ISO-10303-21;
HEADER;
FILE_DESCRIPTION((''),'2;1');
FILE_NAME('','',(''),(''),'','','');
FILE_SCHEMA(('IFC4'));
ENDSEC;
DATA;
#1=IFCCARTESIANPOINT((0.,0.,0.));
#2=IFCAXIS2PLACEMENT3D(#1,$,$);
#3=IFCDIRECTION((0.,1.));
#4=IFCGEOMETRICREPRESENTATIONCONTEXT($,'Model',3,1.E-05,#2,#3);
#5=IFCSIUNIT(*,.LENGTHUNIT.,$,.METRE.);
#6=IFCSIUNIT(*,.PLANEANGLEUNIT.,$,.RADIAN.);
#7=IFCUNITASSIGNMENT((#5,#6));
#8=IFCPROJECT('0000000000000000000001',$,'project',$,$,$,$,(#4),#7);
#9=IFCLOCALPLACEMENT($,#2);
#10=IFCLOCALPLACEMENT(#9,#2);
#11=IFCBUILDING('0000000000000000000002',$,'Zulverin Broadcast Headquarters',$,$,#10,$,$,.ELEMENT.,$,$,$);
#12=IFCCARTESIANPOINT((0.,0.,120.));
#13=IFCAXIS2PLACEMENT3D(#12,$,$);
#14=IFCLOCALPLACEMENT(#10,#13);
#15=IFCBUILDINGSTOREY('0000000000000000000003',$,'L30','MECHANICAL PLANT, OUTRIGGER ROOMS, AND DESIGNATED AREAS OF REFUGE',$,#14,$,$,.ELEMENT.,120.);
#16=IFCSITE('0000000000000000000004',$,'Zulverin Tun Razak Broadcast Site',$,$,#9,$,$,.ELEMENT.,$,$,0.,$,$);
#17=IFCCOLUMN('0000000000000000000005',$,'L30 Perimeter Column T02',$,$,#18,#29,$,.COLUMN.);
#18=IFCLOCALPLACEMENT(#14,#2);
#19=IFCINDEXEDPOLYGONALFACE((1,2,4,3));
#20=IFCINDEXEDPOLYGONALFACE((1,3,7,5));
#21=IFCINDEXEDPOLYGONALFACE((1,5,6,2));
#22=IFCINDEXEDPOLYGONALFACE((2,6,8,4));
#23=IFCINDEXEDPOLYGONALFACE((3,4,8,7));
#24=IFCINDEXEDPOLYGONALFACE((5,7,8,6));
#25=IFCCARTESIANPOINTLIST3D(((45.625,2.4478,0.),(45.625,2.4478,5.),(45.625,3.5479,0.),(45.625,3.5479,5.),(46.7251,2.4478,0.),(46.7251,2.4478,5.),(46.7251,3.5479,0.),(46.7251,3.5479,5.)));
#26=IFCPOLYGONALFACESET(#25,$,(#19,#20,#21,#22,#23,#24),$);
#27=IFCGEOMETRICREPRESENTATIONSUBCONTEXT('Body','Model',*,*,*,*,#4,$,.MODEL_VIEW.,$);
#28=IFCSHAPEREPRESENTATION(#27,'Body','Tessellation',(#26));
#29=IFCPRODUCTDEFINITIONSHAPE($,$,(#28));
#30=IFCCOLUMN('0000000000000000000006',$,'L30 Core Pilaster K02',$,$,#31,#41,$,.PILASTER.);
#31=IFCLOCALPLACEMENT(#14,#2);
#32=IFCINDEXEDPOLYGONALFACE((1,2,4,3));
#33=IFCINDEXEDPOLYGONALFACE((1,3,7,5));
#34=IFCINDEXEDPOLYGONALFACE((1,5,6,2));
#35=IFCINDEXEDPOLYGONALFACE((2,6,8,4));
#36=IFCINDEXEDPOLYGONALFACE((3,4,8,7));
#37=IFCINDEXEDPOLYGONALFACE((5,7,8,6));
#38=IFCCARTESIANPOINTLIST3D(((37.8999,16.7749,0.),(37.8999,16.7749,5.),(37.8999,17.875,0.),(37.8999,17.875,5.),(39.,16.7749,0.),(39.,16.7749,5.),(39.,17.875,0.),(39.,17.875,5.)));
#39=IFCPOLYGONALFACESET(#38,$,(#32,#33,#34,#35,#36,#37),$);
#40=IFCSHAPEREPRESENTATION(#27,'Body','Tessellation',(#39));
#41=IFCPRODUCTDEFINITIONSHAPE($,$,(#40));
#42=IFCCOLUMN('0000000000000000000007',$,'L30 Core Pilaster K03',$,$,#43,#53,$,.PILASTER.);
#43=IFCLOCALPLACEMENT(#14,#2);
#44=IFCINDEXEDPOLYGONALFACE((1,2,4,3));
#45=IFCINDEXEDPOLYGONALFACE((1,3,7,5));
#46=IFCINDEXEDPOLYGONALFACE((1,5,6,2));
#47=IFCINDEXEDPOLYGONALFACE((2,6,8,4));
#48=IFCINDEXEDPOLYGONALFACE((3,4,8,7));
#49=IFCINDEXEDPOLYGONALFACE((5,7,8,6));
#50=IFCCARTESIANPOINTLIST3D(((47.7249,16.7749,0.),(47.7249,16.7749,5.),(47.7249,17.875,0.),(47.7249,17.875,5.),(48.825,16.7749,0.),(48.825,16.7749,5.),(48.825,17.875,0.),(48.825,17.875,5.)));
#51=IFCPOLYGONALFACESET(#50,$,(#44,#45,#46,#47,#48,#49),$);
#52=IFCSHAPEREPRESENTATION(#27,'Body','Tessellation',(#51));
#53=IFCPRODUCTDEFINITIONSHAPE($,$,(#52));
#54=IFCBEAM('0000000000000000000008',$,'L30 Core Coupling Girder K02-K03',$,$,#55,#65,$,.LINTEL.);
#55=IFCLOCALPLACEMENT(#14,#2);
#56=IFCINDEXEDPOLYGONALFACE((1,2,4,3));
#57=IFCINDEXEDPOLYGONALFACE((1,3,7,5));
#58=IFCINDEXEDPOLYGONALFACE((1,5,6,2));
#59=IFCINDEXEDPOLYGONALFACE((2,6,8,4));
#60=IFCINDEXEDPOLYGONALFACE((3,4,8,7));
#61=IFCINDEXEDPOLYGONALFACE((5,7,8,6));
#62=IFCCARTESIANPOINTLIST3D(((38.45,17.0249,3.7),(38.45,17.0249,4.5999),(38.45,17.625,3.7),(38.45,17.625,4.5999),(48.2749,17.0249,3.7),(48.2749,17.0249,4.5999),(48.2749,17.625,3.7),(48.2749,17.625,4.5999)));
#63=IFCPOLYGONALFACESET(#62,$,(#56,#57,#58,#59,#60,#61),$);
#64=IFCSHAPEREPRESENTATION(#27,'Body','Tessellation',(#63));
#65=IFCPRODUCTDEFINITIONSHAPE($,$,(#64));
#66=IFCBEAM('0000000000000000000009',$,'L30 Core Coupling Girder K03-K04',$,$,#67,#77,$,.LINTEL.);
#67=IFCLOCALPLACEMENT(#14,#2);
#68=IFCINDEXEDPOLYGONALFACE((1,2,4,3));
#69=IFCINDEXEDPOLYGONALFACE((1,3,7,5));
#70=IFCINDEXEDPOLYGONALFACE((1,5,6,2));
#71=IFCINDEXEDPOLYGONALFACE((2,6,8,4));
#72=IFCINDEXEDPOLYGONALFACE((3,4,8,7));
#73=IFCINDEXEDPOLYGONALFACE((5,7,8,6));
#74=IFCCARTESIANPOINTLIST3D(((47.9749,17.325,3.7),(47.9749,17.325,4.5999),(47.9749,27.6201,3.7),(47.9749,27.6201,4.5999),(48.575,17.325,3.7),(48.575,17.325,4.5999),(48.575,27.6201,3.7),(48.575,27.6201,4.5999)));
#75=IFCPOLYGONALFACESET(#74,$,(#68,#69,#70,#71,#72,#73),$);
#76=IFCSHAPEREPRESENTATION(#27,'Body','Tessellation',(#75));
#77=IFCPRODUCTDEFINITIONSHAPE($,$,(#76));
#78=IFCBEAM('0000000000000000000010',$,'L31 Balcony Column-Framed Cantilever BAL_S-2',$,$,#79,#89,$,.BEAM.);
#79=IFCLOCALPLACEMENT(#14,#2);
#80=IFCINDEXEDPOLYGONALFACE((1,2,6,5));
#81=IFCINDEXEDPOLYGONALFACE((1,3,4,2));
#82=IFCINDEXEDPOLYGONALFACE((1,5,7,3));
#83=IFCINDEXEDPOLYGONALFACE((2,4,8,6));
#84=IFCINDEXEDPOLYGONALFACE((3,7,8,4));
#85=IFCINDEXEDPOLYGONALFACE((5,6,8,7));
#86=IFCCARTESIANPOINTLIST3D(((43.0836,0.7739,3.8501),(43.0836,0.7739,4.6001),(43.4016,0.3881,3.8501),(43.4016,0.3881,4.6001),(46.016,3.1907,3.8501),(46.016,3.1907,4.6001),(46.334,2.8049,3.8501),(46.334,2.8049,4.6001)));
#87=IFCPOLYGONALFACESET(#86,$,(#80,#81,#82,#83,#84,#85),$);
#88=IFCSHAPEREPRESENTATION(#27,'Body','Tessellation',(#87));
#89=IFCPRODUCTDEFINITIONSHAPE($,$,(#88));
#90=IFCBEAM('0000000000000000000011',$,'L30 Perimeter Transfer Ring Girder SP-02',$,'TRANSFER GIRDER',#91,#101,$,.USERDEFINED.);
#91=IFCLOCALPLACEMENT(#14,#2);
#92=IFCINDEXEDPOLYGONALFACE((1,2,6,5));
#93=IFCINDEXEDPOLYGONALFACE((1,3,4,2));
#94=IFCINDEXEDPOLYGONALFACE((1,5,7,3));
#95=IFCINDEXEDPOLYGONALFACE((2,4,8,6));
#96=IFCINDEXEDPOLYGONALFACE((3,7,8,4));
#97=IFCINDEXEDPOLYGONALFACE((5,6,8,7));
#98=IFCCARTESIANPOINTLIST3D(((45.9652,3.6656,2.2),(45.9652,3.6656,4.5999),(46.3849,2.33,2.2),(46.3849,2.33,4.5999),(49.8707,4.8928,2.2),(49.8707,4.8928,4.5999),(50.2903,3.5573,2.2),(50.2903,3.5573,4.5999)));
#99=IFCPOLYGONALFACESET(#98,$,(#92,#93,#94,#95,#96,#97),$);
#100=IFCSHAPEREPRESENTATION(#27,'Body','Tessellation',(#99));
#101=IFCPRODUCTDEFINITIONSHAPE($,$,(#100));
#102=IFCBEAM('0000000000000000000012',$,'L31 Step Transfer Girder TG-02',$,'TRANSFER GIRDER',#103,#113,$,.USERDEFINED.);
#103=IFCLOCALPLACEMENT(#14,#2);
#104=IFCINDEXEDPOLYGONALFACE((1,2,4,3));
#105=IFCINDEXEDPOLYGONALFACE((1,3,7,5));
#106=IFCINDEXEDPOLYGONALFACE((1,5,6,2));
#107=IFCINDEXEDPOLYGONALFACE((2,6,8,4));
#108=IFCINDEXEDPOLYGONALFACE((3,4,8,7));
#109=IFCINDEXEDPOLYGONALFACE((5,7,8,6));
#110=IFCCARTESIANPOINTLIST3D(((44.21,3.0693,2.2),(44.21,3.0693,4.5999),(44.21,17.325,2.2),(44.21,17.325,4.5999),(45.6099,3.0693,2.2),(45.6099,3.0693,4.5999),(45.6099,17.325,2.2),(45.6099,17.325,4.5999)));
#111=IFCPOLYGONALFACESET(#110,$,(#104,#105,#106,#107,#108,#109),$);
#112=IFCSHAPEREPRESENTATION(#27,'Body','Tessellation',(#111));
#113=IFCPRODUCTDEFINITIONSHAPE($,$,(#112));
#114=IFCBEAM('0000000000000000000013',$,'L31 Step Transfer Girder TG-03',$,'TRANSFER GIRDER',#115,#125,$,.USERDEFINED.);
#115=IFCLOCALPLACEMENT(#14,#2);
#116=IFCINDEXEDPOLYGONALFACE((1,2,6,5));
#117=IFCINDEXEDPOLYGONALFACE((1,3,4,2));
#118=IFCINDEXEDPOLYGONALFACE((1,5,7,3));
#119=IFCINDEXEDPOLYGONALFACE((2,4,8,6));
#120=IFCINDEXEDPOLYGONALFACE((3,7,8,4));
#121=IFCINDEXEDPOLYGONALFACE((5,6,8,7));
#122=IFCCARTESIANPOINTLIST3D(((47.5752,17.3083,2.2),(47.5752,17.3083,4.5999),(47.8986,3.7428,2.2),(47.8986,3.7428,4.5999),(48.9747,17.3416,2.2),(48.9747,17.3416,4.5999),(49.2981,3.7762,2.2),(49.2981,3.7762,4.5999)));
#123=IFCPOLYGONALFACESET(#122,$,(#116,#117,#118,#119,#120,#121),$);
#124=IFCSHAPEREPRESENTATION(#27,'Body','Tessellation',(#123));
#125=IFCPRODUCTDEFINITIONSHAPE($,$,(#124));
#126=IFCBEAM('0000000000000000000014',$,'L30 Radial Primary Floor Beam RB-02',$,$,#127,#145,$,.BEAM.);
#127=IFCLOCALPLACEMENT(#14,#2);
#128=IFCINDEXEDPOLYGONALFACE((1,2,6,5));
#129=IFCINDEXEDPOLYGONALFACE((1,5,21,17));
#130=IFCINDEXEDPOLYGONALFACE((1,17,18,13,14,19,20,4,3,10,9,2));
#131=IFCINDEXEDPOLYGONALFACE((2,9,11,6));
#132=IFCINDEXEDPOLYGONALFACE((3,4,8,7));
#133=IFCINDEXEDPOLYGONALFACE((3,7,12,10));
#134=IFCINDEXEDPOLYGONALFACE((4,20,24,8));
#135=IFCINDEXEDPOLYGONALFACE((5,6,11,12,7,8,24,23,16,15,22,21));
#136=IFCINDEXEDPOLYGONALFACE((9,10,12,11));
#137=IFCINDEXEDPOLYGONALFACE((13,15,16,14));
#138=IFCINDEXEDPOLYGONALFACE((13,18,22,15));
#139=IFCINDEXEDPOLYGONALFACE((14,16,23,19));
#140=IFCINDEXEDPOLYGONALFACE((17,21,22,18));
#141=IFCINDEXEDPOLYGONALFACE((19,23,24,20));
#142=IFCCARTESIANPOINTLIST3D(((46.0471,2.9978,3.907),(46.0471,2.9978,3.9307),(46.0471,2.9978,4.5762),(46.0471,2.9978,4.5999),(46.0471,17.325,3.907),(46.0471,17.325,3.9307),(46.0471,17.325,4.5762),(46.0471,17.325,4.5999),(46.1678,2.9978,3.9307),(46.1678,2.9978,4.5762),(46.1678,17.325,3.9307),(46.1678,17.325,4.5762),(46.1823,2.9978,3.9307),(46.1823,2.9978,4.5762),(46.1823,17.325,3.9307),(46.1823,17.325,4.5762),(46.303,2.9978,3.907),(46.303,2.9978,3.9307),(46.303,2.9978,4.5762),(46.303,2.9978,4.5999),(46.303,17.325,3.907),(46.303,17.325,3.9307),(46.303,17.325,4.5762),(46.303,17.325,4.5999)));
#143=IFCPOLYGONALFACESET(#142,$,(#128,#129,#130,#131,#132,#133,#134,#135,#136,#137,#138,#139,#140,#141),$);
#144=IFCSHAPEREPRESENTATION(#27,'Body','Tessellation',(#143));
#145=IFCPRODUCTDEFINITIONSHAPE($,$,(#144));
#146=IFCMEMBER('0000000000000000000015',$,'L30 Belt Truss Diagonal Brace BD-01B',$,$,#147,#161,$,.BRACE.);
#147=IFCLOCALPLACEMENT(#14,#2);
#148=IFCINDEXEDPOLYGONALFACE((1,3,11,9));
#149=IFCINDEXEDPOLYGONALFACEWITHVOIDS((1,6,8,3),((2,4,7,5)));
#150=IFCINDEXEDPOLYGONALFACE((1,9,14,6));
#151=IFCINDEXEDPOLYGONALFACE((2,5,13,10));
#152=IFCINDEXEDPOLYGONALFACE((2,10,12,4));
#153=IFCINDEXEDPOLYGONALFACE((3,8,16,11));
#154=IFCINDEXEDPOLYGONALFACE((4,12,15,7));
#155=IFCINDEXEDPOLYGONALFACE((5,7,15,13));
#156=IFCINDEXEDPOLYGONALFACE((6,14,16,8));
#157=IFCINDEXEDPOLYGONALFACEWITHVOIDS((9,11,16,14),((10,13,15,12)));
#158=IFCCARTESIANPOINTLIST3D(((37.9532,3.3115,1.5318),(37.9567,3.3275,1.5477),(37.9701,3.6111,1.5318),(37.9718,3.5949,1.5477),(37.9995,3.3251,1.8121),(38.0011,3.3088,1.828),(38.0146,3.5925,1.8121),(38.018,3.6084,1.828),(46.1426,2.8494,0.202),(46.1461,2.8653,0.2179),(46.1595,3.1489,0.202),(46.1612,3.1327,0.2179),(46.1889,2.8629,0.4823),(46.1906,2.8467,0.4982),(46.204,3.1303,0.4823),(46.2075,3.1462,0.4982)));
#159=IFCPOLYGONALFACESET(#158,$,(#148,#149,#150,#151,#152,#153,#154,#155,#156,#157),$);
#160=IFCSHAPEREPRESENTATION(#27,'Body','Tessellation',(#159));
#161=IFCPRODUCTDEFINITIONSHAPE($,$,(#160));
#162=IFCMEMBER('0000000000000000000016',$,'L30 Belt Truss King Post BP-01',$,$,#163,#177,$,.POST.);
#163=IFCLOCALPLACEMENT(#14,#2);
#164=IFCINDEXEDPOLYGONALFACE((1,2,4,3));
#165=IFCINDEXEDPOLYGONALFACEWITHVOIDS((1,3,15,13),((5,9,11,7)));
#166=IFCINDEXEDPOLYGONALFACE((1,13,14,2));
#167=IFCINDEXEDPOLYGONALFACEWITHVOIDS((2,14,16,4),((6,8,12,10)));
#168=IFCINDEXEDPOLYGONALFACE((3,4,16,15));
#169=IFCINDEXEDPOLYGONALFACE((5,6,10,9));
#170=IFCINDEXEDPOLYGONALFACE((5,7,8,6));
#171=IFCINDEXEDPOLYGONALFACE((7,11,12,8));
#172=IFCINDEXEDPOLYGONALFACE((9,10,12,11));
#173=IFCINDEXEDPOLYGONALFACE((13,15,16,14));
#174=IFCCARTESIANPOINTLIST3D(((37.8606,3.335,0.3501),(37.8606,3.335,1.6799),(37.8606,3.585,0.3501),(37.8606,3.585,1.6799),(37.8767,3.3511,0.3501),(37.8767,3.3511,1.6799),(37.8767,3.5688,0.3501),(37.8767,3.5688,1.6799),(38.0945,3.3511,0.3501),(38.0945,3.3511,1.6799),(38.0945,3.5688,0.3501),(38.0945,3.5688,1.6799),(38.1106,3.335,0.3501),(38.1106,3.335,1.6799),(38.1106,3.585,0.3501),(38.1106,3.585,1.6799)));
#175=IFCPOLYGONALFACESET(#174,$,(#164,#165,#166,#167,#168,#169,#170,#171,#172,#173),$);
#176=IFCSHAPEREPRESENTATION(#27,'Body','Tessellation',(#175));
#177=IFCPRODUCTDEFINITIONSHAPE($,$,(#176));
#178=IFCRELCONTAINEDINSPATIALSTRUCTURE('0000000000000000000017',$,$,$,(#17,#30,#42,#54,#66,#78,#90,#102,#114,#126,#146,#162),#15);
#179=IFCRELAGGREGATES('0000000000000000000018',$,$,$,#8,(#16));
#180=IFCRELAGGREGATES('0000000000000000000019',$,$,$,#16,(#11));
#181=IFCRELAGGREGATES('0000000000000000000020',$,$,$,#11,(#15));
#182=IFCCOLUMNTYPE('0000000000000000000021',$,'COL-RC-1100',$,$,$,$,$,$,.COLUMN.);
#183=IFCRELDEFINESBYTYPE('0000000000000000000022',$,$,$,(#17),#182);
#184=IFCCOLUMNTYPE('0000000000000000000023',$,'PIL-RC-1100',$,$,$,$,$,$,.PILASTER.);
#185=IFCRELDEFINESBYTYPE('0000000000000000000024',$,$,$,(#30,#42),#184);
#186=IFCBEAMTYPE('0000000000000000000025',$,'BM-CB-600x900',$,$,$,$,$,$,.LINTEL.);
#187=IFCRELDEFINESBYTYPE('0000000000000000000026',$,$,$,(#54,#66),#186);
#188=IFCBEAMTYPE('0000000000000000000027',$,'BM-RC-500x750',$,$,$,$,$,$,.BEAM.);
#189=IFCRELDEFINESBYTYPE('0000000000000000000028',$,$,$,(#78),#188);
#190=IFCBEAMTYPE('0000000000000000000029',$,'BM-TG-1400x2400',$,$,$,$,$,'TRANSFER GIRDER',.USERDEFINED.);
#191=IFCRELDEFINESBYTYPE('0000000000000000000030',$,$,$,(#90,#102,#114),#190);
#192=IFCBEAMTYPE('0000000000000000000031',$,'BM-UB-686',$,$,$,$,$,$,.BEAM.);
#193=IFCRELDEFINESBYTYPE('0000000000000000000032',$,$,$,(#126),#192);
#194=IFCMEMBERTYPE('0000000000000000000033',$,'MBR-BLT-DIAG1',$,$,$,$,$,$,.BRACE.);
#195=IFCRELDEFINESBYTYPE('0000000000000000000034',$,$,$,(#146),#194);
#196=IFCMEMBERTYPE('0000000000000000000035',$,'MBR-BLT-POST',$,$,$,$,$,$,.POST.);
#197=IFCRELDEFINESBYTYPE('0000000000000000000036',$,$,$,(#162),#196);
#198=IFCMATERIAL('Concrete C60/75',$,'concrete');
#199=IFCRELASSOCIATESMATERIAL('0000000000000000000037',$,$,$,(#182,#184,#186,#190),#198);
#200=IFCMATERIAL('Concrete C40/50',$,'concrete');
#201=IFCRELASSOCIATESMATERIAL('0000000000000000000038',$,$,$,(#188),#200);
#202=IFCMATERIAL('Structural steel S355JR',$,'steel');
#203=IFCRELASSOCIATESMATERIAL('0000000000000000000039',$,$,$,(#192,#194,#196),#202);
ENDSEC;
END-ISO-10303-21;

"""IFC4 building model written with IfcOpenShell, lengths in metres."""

from ifc_helpers import new_model, si_unit, direction, frame, origin, origin_2d, place, context, subcontext, project, spatial, rectangle, hollow_rectangle, i_section, extrude, material, material_profile, profile_set, type_object, element, save


model = new_model("IFC4")

# Units and contexts
model_context = context("Model", 3, precision=1e-05, world=origin(), true_north=direction((0.0, 1.0)))
body_context = subcontext(model_context, "Body", "Model", "MODEL_VIEW")
ifc_project = project(units=[si_unit("LENGTHUNIT", "METRE"), si_unit("PLANEANGLEUNIT", "RADIAN")], contexts=[model_context])

# Site, building, storey
site_placement = place(None, origin())
site = spatial("IfcSite", under=ifc_project, at=site_placement, Name="Zulverin Tun Razak Broadcast Site", CompositionType="ELEMENT", RefElevation=0.0)
building_placement = place(site_placement, origin())
building = spatial("IfcBuilding", under=site, at=building_placement, Name="Zulverin Broadcast Headquarters", CompositionType="ELEMENT")
storey_placement = place(building_placement, frame((0.0, 0.0, 120.0)))
storey = spatial("IfcBuildingStorey", under=building, at=storey_placement, Name="L30", Description="MECHANICAL PLANT, OUTRIGGER ROOMS, AND DESIGNATED AREAS OF REFUGE", CompositionType="ELEMENT", Elevation=120.0)

# Columns
ifc_material_1 = material(Name="Concrete C60/75", Category="concrete")
ifc_material_profile_1 = material_profile(ifc_material_1, rectangle(XDim=1.1001, YDim=1.1001, at=origin_2d()), Name="Concrete C60/75", Category="concrete")
ifc_profile_set_1 = profile_set([ifc_material_profile_1], Name="Concrete C60/75")
column_type_1 = type_object("IfcColumnType", Name="COL-RC-1100", PredefinedType="COLUMN", material=ifc_profile_set_1)
column_placement = place(storey_placement, frame((46.175, 2.9978, 0.0), z_axis=(0.0, 0.0, 1.0), x_axis=(1.0, 0.0, 0.0)))
element("IfcColumn", 1, at=column_placement, inside=storey, type_object=column_type_1, Name="L30 Perimeter Column T02", PredefinedType="COLUMN", context=body_context, shape_type="SweptSolid", body=[
    extrude(rectangle(XDim=1.1001, YDim=1.1001, at=origin_2d()), origin(), (0.0, 0.0, 1.0), 5.0),
])
ifc_material_profile_2 = material_profile(ifc_material_1, rectangle(XDim=1.1001, YDim=1.1001, at=origin_2d()), Name="Concrete C60/75", Category="concrete")
ifc_profile_set_2 = profile_set([ifc_material_profile_2], Name="Concrete C60/75")
column_type_2 = type_object("IfcColumnType", Name="PIL-RC-1100", PredefinedType="PILASTER", material=ifc_profile_set_2)
for number, where, z_axis, x_axis, name in (
    (2, (38.45, 17.325, 0.0), (0.0, 0.0, 1.0), (1.0, 0.0, 0.0), "L30 Core Pilaster K02"),
    (3, (48.2749, 17.325, 0.0), (0.0, 0.0, 1.0), (1.0, 0.0, 0.0), "L30 Core Pilaster K03"),
):
    element("IfcColumn", number, at=place(storey_placement, frame(where, z_axis=z_axis, x_axis=x_axis)), inside=storey, type_object=column_type_2, Name=name, PredefinedType="PILASTER", context=body_context, shape_type="SweptSolid", body=[
        extrude(rectangle(XDim=1.1001, YDim=1.1001, at=origin_2d()), origin(), (0.0, 0.0, 1.0), 5.0),
    ])

# Beams
ifc_material_profile_3 = material_profile(ifc_material_1, rectangle(XDim=0.6001, YDim=0.8999, at=origin_2d()), Name="Concrete C60/75", Category="concrete")
ifc_profile_set_3 = profile_set([ifc_material_profile_3], Name="Concrete C60/75")
beam_type_1 = type_object("IfcBeamType", Name="BM-CB-600x900", PredefinedType="LINTEL", material=ifc_profile_set_3)
beam_1_placement = place(storey_placement, frame((38.45, 17.325, 4.1499), z_axis=(1.0, 0.0, 0.0), x_axis=(0.0, 1.0, 0.0)))
element("IfcBeam", 4, at=beam_1_placement, inside=storey, type_object=beam_type_1, Name="L30 Core Coupling Girder K02-K03", PredefinedType="LINTEL", context=body_context, shape_type="SweptSolid", body=[
    extrude(rectangle(XDim=0.6001, YDim=0.8999, at=origin_2d()), origin(), (0.0, 0.0, 1.0), 9.825),
])
beam_2_placement = place(storey_placement, frame((48.2749, 17.325, 4.1499), z_axis=(0.0, 1.0, 0.0), x_axis=(-1.0, 0.0, 0.0)))
element("IfcBeam", 5, at=beam_2_placement, inside=storey, type_object=beam_type_1, Name="L30 Core Coupling Girder K03-K04", PredefinedType="LINTEL", context=body_context, shape_type="SweptSolid", body=[
    extrude(rectangle(XDim=0.6001, YDim=0.8999, at=origin_2d()), origin(), (0.0, 0.0, 1.0), 10.2952),
])
ifc_material_2 = material(Name="Concrete C40/50", Category="concrete")
ifc_material_profile_4 = material_profile(ifc_material_2, rectangle(XDim=0.5, YDim=0.75, at=origin_2d()), Name="Concrete C40/50", Category="concrete")
ifc_profile_set_4 = profile_set([ifc_material_profile_4], Name="Concrete C40/50")
beam_type_2 = type_object("IfcBeamType", Name="BM-RC-500x750", PredefinedType="BEAM", material=ifc_profile_set_4)
beam_3_placement = place(storey_placement, frame((46.175, 2.9978, 4.2251), z_axis=(-0.771691, -0.635998, 0.0), x_axis=(0.635998, -0.771691, 0.0)))
element("IfcBeam", 6, at=beam_3_placement, inside=storey, type_object=beam_type_2, Name="L31 Balcony Column-Framed Cantilever BAL_S-2", PredefinedType="BEAM", context=body_context, shape_type="SweptSolid", body=[
    extrude(rectangle(XDim=0.5, YDim=0.75, at=origin_2d()), origin(), (0.0, 0.0, 1.0), 3.8),
])
ifc_material_profile_5 = material_profile(ifc_material_1, rectangle(XDim=1.3999, YDim=2.3999, at=origin_2d()), Name="Concrete C60/75", Category="concrete")
ifc_profile_set_5 = profile_set([ifc_material_profile_5], Name="Concrete C60/75")
beam_type_3 = type_object("IfcBeamType", Name="BM-TG-1400x2400", ElementType="TRANSFER GIRDER", PredefinedType="USERDEFINED", material=ifc_profile_set_5)
beam_4_placement = place(storey_placement, frame((46.175, 2.9978, 3.3999), z_axis=(0.954004, 0.299792, 0.0), x_axis=(-0.299792, 0.954004, 0.0)))
element("IfcBeam", 7, at=beam_4_placement, inside=storey, type_object=beam_type_3, Name="L30 Perimeter Transfer Ring Girder SP-02", ObjectType="TRANSFER GIRDER", PredefinedType="USERDEFINED", context=body_context, shape_type="SweptSolid", body=[
    extrude(rectangle(XDim=1.3999, YDim=2.3999, at=origin_2d()), origin(), (0.0, 0.0, 1.0), 4.0938),
])
beam_5_placement = place(storey_placement, frame((44.9099, 17.325, 3.3999), z_axis=(0.0, -1.0, 0.0), x_axis=(1.0, 0.0, 0.0)))
element("IfcBeam", 8, at=beam_5_placement, inside=storey, type_object=beam_type_3, Name="L31 Step Transfer Girder TG-02", ObjectType="TRANSFER GIRDER", PredefinedType="USERDEFINED", context=body_context, shape_type="SweptSolid", body=[
    extrude(rectangle(XDim=1.3999, YDim=2.3999, at=origin_2d()), origin(), (0.0, 0.0, 1.0), 14.2556),
])
beam_6_placement = place(storey_placement, frame((48.2749, 17.325, 3.3999), z_axis=(0.02384, -0.999716, 0.0), x_axis=(0.999716, 0.02384, 0.0)))
element("IfcBeam", 9, at=beam_6_placement, inside=storey, type_object=beam_type_3, Name="L31 Step Transfer Girder TG-03", ObjectType="TRANSFER GIRDER", PredefinedType="USERDEFINED", context=body_context, shape_type="SweptSolid", body=[
    extrude(rectangle(XDim=1.3999, YDim=2.3999, at=origin_2d()), origin(), (0.0, 0.0, 1.0), 13.5693),
])
ifc_material_3 = material(Name="Structural steel S355JR", Category="steel")
ifc_material_profile_6 = material_profile(ifc_material_3, i_section(OverallWidth=0.2559, OverallDepth=0.6929, WebThickness=0.0144, FlangeThickness=0.0237, at=origin_2d()), Name="Structural steel S355JR", Category="steel")
ifc_profile_set_6 = profile_set([ifc_material_profile_6], Name="Structural steel S355JR")
beam_type_4 = type_object("IfcBeamType", Name="BM-UB-686", PredefinedType="BEAM", material=ifc_profile_set_6)
beam_7_placement = place(storey_placement, frame((46.175, 17.325, 4.2534), z_axis=(0.0, -1.0, 0.0), x_axis=(1.0, 0.0, 0.0)))
element("IfcBeam", 10, at=beam_7_placement, inside=storey, type_object=beam_type_4, Name="L30 Radial Primary Floor Beam RB-02", PredefinedType="BEAM", context=body_context, shape_type="SweptSolid", body=[
    extrude(i_section(OverallWidth=0.2559, OverallDepth=0.6929, WebThickness=0.0144, FlangeThickness=0.0237, at=origin_2d()), origin(), (0.0, 0.0, 1.0), 14.3271),
])

# Members
ifc_material_profile_7 = material_profile(ifc_material_3, hollow_rectangle(XDim=0.3, YDim=0.3, WallThickness=0.0161, at=origin_2d()), Name="Structural steel S355JR", Category="steel")
ifc_profile_set_7 = profile_set([ifc_material_profile_7], Name="Structural steel S355JR")
member_type_1 = type_object("IfcMemberType", Name="MBR-BLT-DIAG1", PredefinedType="BRACE", material=ifc_profile_set_7)
member_1_placement = place(storey_placement, frame((46.175, 2.9978, 0.3501), z_axis=(-0.985543, 0.055617, 0.160036), x_axis=(-0.056344, -0.998411, 0.0)))
element("IfcMember", 11, at=member_1_placement, inside=storey, type_object=member_type_1, Name="L30 Belt Truss Diagonal Brace BD-01B", PredefinedType="BRACE", context=body_context, shape_type="SweptSolid", body=[
    extrude(hollow_rectangle(XDim=0.3, YDim=0.3, WallThickness=0.0161, at=origin_2d()), origin(), (0.0, 0.0, 1.0), 8.3096),
])
ifc_material_profile_8 = material_profile(ifc_material_3, hollow_rectangle(XDim=0.25, YDim=0.25, WallThickness=0.0161, at=origin_2d()), Name="Structural steel S355JR", Category="steel")
ifc_profile_set_8 = profile_set([ifc_material_profile_8], Name="Structural steel S355JR")
member_type_2 = type_object("IfcMemberType", Name="MBR-BLT-POST", PredefinedType="POST", material=ifc_profile_set_8)
member_2_placement = place(storey_placement, frame((37.9856, 3.46, 0.3501), z_axis=(0.0, 0.0, 1.0), x_axis=(1.0, 0.0, 0.0)))
element("IfcMember", 12, at=member_2_placement, inside=storey, type_object=member_type_2, Name="L30 Belt Truss King Post BP-01", PredefinedType="POST", context=body_context, shape_type="SweptSolid", body=[
    extrude(hollow_rectangle(XDim=0.25, YDim=0.25, WallThickness=0.0161, at=origin_2d()), origin(), (0.0, 0.0, 1.0), 1.3298),
])

save(model, "model.ifc")
